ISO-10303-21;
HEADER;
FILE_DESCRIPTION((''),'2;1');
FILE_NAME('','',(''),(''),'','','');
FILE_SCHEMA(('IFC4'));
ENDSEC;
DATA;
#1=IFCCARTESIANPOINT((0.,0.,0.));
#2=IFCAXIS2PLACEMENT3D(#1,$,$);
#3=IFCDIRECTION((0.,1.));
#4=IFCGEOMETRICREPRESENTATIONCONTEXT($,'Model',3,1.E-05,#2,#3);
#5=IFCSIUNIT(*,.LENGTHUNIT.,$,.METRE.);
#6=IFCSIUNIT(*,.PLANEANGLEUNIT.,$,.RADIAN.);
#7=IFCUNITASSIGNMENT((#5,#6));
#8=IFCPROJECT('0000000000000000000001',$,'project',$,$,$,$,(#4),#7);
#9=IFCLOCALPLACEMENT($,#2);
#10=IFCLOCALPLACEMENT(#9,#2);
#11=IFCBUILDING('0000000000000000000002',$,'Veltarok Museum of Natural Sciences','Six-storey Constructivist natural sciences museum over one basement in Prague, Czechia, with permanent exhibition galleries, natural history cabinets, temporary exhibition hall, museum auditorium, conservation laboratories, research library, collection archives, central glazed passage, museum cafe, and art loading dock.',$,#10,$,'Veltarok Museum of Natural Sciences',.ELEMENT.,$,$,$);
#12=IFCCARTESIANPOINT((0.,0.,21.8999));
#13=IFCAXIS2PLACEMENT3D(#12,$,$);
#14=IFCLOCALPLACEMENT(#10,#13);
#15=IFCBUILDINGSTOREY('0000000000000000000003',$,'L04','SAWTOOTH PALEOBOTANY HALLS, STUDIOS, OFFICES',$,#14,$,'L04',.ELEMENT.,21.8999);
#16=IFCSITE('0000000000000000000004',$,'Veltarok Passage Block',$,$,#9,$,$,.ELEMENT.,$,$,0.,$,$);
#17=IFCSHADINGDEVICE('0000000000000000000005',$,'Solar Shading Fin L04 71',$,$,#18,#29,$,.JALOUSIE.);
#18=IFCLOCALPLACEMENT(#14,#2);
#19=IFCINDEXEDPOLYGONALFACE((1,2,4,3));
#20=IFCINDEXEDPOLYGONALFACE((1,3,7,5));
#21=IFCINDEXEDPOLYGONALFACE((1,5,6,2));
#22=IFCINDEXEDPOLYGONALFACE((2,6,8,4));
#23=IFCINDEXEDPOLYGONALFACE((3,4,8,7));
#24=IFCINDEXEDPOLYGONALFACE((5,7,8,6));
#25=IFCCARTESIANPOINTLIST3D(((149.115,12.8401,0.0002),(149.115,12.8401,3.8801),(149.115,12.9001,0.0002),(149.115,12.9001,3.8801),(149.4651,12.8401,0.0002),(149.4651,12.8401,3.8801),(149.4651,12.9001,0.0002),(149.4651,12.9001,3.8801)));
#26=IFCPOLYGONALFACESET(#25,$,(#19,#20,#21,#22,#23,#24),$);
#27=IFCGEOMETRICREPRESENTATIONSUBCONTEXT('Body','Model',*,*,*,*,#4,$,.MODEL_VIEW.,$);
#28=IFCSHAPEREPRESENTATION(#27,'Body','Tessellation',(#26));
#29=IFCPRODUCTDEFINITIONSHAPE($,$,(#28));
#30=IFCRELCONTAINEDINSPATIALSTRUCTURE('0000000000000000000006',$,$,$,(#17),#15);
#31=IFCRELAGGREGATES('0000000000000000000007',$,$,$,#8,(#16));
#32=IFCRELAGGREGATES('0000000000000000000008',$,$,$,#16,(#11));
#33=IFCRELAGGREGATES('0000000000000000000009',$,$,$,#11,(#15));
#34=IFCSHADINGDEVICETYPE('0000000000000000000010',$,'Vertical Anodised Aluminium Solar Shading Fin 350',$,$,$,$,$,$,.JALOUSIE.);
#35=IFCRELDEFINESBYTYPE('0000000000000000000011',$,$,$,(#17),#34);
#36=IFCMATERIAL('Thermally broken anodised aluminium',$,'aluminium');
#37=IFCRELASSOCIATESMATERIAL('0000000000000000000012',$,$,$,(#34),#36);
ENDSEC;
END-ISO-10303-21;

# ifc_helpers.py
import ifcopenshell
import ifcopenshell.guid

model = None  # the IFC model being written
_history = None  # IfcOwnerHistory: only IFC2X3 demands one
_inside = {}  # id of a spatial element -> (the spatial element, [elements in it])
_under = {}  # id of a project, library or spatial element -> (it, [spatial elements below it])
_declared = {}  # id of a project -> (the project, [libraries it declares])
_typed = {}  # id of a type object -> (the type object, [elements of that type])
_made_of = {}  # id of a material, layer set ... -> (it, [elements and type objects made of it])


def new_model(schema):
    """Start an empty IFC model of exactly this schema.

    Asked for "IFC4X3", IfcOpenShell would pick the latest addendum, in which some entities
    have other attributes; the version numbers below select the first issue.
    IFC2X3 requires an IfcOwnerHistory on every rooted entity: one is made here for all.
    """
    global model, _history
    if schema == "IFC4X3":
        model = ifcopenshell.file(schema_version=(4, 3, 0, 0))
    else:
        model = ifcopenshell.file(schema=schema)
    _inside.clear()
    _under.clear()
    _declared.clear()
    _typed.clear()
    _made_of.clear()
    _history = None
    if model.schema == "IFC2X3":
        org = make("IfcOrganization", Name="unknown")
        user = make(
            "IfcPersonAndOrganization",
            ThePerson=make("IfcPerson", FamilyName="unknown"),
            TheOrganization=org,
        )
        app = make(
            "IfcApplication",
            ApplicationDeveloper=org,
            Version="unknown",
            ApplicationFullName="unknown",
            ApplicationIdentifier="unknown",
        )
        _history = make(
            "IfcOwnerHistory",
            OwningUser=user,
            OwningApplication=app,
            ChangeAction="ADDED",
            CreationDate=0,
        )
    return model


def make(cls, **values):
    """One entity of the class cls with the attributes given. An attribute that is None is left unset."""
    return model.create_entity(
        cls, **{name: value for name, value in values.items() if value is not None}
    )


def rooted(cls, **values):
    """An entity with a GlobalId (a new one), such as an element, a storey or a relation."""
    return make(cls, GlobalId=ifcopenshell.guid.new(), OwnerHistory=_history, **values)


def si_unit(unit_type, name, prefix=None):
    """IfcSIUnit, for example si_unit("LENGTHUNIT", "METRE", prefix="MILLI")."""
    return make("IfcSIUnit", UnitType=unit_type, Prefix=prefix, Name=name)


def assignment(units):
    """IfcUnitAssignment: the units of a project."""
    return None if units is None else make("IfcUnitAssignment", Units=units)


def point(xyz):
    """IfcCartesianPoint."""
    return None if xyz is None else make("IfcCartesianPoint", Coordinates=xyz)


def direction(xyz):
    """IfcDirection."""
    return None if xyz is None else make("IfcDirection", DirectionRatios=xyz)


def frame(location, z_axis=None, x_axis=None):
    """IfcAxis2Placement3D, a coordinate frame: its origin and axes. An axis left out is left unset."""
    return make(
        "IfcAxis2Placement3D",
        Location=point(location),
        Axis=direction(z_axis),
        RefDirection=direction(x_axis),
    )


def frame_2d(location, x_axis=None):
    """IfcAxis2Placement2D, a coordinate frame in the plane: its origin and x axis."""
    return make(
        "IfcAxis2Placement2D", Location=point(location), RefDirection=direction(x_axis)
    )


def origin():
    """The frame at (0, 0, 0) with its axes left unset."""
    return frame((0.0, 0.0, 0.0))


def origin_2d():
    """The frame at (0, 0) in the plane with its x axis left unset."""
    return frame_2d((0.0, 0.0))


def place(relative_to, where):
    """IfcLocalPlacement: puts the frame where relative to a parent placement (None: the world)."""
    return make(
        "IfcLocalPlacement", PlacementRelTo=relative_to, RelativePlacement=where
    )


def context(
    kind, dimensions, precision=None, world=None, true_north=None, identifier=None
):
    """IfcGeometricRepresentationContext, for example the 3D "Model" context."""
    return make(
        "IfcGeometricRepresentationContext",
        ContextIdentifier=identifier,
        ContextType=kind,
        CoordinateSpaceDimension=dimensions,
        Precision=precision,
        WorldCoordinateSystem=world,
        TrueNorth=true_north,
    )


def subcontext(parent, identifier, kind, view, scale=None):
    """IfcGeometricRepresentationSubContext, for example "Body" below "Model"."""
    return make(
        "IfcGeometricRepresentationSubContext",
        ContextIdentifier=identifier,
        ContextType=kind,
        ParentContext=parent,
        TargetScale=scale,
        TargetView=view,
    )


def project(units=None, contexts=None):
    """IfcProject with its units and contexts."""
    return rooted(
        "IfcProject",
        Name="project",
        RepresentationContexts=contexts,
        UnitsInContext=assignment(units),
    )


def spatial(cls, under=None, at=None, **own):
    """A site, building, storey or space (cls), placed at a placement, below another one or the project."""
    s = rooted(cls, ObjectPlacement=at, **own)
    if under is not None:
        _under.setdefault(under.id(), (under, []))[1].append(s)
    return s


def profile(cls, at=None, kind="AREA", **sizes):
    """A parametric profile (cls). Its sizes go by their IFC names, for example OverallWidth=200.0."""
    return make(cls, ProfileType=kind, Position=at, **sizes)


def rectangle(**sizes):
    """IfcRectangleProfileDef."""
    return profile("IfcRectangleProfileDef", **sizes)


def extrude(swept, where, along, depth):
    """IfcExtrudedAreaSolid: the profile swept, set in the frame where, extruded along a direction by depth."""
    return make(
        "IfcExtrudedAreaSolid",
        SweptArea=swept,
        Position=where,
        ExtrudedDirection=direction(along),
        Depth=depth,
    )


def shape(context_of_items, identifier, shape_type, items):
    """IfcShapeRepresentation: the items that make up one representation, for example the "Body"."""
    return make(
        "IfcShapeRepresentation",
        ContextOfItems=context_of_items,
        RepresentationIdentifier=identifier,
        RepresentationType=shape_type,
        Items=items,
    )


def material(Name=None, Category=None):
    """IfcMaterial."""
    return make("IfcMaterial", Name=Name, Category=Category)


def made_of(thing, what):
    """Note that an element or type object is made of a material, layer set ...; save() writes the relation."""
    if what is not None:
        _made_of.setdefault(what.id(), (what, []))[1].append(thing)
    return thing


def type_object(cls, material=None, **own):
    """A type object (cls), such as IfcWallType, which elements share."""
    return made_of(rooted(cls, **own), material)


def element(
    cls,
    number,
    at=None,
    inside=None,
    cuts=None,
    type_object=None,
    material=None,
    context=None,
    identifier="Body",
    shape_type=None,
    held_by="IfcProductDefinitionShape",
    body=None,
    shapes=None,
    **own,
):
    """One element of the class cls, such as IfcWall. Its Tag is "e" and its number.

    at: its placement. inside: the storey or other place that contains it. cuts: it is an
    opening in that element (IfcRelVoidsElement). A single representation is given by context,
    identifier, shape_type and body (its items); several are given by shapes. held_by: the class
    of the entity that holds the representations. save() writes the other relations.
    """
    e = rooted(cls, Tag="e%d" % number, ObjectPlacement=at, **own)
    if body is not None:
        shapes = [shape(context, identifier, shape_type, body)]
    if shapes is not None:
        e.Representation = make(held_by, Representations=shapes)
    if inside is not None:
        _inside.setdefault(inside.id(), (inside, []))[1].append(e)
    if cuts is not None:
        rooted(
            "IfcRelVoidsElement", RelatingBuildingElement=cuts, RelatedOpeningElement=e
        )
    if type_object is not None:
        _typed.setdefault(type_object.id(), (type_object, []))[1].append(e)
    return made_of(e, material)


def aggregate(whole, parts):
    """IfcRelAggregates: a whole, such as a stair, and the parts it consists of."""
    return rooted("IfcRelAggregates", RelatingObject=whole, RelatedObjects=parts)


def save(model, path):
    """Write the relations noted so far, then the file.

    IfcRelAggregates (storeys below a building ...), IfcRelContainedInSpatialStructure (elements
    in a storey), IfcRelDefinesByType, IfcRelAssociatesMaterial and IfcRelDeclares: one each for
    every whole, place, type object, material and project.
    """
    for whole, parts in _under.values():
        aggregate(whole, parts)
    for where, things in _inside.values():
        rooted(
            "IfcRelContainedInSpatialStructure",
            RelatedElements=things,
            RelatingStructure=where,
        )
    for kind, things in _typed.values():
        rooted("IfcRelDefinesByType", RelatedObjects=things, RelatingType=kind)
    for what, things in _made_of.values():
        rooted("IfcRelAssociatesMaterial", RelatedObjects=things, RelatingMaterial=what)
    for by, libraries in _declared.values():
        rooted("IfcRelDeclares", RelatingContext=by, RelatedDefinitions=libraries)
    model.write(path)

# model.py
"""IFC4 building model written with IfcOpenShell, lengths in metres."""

from ifc_helpers import new_model, si_unit, direction, frame, origin, origin_2d, place, context, subcontext, project, spatial, rectangle, extrude, material, type_object, element, save


model = new_model("IFC4")

# Units and contexts
model_context = context("Model", 3, precision=1e-05, world=origin(), true_north=direction((0.0, 1.0)))
body_context = subcontext(model_context, "Body", "Model", "MODEL_VIEW")
ifc_project = project(units=[si_unit("LENGTHUNIT", "METRE"), si_unit("PLANEANGLEUNIT", "RADIAN")], contexts=[model_context])

# Site, building, storey
site_placement = place(None, origin())
site = spatial("IfcSite", under=ifc_project, at=site_placement, Name="Veltarok Passage Block", CompositionType="ELEMENT", RefElevation=0.0)
building_placement = place(site_placement, origin())
building = spatial("IfcBuilding", under=site, at=building_placement, Name="Veltarok Museum of Natural Sciences", Description="Six-storey Constructivist natural sciences museum over one basement in Prague, Czechia, with permanent exhibition galleries, natural history cabinets, temporary exhibition hall, museum auditorium, conservation laboratories, research library, collection archives, central glazed passage, museum cafe, and art loading dock.", LongName="Veltarok Museum of Natural Sciences", CompositionType="ELEMENT")
storey_placement = place(building_placement, frame((0.0, 0.0, 21.8999)))
storey = spatial("IfcBuildingStorey", under=building, at=storey_placement, Name="L04", Description="SAWTOOTH PALEOBOTANY HALLS, STUDIOS, OFFICES", LongName="L04", CompositionType="ELEMENT", Elevation=21.8999)

# Shared definitions
ifc_material_1 = material(Name="Thermally broken anodised aluminium", Category="aluminium")

# Shading device
shading_device_type = type_object("IfcShadingDeviceType", Name="Vertical Anodised Aluminium Solar Shading Fin 350", PredefinedType="JALOUSIE", material=ifc_material_1)
for number, where, z_axis, x_axis, name in (
    (1, (149.29, 12.8701, 0.0002), (0.0, 0.0, 1.0), (1.0, 0.0, 0.0), "Solar Shading Fin L04 71"),
):
    element("IfcShadingDevice", number, at=place(storey_placement, frame(where, z_axis=z_axis, x_axis=x_axis)), inside=storey, type_object=shading_device_type, Name=name, PredefinedType="JALOUSIE", context=body_context, shape_type="SweptSolid", body=[
        extrude(rectangle(XDim=0.3501, YDim=0.0601, at=origin_2d()), origin(), (0.0, 0.0, 1.0), 3.8799),
    ])

save(model, "model.ifc")
